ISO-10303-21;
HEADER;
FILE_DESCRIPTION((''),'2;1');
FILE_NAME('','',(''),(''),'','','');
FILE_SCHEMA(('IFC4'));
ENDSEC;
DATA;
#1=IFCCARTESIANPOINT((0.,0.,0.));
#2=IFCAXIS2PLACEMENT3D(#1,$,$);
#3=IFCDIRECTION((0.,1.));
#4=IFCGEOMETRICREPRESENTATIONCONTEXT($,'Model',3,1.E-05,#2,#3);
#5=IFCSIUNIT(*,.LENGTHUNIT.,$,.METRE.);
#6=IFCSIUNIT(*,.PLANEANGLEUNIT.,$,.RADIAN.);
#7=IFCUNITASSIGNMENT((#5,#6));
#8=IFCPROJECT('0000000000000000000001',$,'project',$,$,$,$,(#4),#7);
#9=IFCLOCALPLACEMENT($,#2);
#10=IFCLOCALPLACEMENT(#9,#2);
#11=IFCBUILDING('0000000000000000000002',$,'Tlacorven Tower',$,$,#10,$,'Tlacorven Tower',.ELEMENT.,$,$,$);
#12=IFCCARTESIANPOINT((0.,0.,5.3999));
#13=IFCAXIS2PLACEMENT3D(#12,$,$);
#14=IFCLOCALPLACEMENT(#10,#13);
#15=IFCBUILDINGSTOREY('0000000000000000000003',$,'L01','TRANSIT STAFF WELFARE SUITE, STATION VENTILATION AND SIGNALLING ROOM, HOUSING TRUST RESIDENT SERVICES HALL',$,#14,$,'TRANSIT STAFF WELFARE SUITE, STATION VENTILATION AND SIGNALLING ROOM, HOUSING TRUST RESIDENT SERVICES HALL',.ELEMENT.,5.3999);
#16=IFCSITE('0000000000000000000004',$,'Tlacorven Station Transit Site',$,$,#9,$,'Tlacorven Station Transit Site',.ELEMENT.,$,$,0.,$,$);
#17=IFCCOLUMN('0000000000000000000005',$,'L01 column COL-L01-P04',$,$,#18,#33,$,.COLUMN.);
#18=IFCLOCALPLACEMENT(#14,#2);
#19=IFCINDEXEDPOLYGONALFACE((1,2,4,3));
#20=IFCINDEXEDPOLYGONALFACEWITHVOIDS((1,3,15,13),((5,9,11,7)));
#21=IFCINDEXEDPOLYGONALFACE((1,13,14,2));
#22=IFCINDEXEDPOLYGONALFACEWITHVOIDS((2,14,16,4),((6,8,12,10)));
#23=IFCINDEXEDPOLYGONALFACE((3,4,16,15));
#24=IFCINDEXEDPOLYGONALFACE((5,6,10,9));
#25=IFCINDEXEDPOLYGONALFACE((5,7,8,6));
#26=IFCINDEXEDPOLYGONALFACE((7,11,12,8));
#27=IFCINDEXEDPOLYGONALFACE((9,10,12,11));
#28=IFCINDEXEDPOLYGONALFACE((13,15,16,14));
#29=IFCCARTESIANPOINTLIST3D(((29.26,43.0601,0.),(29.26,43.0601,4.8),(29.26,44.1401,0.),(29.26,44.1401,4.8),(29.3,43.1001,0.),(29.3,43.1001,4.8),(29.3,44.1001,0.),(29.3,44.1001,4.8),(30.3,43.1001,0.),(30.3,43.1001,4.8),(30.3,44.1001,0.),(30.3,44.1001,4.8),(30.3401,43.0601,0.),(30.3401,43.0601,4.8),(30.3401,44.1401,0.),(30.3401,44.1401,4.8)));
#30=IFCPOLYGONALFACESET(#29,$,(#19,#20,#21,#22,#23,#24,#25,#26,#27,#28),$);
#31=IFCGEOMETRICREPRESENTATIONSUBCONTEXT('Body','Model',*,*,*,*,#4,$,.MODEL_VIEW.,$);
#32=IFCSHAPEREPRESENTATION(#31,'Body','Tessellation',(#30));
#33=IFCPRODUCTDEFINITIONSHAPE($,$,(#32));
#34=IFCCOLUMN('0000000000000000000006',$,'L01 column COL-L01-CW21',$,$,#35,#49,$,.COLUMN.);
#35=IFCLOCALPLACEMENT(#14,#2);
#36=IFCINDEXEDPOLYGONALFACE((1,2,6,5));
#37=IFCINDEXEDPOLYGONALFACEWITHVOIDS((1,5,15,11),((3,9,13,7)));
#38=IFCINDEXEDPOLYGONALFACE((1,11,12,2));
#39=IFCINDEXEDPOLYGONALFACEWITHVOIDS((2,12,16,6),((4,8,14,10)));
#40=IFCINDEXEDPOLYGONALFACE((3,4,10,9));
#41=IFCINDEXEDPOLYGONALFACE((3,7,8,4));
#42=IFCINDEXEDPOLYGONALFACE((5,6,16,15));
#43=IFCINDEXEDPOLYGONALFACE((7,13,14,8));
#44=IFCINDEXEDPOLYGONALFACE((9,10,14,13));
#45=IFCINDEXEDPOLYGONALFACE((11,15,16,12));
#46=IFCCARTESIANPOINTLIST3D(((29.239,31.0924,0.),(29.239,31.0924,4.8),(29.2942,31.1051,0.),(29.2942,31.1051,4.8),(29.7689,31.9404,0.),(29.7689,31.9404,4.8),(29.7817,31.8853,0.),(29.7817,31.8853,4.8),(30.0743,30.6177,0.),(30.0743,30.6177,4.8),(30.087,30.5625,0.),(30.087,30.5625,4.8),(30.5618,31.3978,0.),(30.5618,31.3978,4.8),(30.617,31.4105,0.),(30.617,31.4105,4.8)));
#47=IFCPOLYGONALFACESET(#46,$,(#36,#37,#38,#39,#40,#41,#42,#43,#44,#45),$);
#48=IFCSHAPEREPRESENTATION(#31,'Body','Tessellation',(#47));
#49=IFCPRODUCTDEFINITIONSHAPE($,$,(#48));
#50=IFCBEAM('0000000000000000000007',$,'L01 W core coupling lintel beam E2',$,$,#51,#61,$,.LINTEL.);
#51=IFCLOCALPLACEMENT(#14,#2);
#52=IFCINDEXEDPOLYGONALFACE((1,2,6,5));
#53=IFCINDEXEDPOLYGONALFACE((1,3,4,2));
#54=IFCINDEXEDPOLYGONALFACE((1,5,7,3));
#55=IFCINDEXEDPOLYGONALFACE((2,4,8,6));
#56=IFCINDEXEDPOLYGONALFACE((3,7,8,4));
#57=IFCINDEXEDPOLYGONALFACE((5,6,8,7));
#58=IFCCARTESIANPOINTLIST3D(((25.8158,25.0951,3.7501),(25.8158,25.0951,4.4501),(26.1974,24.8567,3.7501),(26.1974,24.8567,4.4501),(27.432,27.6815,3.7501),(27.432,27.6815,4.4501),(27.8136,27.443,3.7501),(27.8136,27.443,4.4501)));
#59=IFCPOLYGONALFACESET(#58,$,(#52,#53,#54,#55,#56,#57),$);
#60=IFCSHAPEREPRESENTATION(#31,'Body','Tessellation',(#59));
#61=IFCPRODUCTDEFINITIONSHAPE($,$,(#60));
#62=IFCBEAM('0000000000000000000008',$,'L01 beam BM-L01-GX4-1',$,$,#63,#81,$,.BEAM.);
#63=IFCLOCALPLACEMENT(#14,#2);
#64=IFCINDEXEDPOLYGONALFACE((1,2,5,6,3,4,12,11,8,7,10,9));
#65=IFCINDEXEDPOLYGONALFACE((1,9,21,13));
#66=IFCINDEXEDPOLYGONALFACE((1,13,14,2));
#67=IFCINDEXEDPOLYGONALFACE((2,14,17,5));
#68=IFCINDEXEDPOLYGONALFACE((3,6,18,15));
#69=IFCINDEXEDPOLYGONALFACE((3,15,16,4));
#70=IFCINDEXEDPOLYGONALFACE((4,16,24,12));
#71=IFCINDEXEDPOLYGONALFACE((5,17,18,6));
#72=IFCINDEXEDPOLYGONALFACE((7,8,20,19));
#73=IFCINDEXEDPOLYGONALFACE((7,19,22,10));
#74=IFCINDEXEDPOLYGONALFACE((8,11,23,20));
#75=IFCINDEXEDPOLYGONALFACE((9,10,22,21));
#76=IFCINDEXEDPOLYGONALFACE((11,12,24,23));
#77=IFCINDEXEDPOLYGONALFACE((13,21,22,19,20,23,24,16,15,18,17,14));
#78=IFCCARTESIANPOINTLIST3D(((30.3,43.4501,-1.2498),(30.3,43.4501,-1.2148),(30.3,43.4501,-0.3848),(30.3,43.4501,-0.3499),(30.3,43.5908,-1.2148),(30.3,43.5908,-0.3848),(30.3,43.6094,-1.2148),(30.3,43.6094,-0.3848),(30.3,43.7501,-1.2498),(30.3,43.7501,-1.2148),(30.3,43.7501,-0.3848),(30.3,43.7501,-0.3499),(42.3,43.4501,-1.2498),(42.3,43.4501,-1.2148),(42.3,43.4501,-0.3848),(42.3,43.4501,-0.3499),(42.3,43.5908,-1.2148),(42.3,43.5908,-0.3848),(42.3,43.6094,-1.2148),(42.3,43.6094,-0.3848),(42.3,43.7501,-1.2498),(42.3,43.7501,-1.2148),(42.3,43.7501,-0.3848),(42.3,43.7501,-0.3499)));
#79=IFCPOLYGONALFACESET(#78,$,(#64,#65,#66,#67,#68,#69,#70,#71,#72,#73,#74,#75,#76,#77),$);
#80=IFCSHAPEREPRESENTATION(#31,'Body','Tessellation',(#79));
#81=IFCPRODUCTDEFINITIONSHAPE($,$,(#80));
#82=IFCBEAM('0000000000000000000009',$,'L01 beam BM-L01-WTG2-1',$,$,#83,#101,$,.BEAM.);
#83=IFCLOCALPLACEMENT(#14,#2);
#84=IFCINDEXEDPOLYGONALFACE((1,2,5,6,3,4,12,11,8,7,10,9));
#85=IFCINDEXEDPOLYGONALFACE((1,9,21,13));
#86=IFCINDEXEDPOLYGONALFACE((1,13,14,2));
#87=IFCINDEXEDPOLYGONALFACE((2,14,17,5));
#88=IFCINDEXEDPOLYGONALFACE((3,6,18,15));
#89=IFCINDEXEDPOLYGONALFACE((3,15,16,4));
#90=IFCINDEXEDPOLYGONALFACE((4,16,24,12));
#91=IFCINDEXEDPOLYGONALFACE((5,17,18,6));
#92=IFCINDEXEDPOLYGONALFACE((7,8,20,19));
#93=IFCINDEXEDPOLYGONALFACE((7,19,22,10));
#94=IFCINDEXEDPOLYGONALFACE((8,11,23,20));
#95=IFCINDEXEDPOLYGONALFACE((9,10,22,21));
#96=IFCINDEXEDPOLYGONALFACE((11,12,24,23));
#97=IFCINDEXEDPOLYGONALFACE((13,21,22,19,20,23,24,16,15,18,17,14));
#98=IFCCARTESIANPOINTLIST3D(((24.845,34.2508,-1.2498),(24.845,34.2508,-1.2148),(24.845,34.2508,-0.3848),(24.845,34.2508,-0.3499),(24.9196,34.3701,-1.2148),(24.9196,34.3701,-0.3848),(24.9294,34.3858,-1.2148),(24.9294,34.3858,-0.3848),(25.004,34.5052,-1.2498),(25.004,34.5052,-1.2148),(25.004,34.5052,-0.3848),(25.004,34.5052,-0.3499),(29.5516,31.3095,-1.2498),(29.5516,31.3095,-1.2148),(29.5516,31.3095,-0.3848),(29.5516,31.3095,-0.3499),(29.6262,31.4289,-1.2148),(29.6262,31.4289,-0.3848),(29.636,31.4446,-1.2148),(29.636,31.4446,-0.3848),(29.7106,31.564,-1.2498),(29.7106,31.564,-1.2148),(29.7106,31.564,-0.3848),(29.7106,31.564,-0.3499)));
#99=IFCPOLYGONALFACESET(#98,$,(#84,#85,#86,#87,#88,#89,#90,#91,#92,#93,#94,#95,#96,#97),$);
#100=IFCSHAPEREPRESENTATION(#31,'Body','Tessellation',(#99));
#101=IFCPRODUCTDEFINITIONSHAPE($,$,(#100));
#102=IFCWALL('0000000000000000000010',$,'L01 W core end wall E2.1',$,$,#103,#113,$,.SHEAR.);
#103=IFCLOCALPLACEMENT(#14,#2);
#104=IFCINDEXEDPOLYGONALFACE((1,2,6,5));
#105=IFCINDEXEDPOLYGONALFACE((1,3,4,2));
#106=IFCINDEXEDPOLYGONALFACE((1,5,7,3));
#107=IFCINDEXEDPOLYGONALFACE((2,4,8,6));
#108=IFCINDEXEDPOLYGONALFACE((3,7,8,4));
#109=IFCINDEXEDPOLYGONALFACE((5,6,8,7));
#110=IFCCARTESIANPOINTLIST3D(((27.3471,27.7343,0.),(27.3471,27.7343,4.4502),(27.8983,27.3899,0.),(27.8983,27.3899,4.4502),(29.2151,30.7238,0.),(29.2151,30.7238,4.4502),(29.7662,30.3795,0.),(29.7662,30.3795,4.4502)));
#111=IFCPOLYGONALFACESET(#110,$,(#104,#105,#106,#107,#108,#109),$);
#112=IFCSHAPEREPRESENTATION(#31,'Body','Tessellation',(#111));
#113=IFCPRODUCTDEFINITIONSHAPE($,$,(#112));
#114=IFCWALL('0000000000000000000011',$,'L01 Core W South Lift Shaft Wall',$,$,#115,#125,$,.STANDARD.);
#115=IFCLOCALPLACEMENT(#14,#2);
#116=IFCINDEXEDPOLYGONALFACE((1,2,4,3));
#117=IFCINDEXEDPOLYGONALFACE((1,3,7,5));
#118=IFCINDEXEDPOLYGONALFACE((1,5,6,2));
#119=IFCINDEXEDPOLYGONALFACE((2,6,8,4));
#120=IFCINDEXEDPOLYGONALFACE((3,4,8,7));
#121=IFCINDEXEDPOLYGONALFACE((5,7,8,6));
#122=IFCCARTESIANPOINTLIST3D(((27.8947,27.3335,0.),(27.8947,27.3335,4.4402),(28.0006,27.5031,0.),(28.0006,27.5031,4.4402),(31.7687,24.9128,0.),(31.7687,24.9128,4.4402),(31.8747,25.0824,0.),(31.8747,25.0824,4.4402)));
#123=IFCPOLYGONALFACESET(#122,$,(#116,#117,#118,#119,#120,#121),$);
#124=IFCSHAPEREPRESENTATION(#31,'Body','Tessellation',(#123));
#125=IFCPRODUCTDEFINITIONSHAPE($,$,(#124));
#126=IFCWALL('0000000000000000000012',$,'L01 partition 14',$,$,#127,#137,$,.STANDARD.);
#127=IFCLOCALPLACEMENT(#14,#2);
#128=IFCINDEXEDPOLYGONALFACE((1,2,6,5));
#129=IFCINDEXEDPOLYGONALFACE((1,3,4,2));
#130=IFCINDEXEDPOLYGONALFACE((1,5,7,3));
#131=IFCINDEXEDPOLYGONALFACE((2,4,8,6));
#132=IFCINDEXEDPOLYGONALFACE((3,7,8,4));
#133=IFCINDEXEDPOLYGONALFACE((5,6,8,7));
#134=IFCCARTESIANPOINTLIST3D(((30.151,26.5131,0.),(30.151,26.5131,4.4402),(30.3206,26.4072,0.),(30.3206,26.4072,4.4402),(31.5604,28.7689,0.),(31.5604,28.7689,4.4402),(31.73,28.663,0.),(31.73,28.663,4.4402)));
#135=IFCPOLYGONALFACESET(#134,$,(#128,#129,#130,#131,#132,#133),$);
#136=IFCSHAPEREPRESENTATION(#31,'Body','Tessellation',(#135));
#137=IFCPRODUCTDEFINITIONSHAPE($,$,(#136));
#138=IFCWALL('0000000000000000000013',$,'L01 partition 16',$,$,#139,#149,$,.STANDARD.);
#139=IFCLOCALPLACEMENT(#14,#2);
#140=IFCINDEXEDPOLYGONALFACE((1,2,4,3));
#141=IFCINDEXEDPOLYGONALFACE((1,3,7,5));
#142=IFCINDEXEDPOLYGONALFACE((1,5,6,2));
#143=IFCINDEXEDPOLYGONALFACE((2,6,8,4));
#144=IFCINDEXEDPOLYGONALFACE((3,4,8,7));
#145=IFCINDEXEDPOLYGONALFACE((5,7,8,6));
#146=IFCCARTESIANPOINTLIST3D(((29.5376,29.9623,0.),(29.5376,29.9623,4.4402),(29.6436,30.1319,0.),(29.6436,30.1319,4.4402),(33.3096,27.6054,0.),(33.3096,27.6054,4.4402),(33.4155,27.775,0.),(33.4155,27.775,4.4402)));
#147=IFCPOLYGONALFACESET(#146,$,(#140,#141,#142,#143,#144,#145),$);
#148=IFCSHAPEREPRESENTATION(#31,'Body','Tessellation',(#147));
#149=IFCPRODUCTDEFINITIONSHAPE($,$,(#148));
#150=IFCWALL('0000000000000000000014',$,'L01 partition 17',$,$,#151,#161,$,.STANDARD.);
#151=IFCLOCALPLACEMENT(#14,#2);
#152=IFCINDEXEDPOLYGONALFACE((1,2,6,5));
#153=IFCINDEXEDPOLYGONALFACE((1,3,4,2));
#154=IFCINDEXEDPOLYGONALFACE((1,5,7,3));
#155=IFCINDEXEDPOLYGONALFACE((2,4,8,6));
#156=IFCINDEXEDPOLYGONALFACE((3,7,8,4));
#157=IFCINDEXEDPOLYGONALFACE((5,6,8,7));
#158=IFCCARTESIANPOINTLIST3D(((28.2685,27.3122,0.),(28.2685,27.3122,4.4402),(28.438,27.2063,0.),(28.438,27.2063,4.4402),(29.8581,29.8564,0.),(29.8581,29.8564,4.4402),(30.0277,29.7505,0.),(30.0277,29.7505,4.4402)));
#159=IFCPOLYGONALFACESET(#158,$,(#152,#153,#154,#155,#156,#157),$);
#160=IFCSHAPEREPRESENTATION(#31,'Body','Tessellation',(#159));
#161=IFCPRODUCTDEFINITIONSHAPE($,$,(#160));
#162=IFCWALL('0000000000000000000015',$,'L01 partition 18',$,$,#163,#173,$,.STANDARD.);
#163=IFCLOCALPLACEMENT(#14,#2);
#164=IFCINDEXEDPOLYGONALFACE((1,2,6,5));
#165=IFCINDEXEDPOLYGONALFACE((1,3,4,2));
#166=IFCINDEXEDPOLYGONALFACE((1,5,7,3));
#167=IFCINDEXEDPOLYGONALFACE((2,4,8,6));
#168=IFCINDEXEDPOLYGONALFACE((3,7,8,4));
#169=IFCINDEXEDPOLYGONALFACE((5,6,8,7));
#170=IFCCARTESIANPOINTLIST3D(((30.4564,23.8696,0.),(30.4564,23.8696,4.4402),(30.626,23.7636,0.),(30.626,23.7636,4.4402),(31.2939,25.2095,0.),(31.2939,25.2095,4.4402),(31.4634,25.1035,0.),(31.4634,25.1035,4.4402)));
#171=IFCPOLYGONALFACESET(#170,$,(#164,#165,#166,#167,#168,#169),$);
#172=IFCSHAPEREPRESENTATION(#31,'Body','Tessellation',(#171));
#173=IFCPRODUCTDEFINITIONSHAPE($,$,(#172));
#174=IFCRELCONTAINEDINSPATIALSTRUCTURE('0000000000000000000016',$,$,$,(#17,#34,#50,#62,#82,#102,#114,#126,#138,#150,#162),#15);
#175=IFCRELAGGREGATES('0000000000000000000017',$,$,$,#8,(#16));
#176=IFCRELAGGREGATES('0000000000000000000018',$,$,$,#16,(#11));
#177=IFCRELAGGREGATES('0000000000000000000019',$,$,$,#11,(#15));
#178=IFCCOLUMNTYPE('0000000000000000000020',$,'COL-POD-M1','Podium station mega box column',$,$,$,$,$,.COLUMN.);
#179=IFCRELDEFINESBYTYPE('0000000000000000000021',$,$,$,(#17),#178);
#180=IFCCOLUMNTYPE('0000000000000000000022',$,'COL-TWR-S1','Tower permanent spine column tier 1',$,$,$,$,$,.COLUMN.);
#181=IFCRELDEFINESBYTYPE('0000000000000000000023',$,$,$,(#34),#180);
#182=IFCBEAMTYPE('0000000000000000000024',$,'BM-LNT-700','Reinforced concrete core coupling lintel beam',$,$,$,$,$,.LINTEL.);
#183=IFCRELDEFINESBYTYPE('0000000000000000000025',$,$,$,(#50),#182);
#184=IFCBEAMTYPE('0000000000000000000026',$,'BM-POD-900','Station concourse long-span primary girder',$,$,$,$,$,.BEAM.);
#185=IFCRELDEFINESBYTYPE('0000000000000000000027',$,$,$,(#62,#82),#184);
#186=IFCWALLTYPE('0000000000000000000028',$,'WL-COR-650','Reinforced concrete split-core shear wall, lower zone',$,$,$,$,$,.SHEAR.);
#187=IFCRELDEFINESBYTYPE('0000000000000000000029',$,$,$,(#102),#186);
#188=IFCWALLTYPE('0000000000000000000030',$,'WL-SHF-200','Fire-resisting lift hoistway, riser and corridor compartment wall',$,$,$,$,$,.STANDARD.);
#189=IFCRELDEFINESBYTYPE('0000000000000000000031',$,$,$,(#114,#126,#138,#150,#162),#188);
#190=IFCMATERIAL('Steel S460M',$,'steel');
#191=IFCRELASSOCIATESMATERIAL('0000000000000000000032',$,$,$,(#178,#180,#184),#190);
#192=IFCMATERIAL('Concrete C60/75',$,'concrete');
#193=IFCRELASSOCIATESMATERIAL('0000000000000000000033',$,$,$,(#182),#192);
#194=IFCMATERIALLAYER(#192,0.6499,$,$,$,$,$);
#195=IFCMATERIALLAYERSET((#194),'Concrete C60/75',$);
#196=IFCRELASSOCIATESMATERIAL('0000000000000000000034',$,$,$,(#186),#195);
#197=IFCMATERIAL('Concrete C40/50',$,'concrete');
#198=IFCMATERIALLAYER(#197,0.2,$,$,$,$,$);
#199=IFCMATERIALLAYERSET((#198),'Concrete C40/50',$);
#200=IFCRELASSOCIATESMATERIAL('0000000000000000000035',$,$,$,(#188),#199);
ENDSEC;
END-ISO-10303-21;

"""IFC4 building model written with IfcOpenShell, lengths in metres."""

from ifc_helpers import new_model, si_unit, direction, frame, frame_2d, origin, origin_2d, place, context, subcontext, project, spatial, rectangle, hollow_rectangle, i_section, extrude, source, transform, mapped, material, layer, layer_set, material_profile, profile_set, type_object, element, save


model = new_model("IFC4")

# Units and contexts
model_context = context("Model", 3, precision=1e-05, world=origin(), true_north=direction((0.0, 1.0)))
body_context = subcontext(model_context, "Body", "Model", "MODEL_VIEW")
ifc_project = project(units=[si_unit("LENGTHUNIT", "METRE"), si_unit("PLANEANGLEUNIT", "RADIAN")], contexts=[model_context])

# Site, building, storey
site_placement = place(None, origin())
site = spatial("IfcSite", under=ifc_project, at=site_placement, Name="Tlacorven Station Transit Site", LongName="Tlacorven Station Transit Site", CompositionType="ELEMENT", RefElevation=0.0)
building_placement = place(site_placement, origin())
building = spatial("IfcBuilding", under=site, at=building_placement, Name="Tlacorven Tower", LongName="Tlacorven Tower", CompositionType="ELEMENT")
storey_placement = place(building_placement, frame((0.0, 0.0, 5.3999)))
storey = spatial("IfcBuildingStorey", under=building, at=storey_placement, Name="L01", Description="TRANSIT STAFF WELFARE SUITE, STATION VENTILATION AND SIGNALLING ROOM, HOUSING TRUST RESIDENT SERVICES HALL", LongName="TRANSIT STAFF WELFARE SUITE, STATION VENTILATION AND SIGNALLING ROOM, HOUSING TRUST RESIDENT SERVICES HALL", CompositionType="ELEMENT", Elevation=5.3999)

# Columns
ifc_material_1 = material(Name="Steel S460M", Category="steel")
ifc_material_profile_1 = material_profile(ifc_material_1, hollow_rectangle(XDim=1.0801, YDim=1.0801, WallThickness=0.04, at=origin_2d()), Name="BOX 1080X1080X40")
ifc_profile_set_1 = profile_set([ifc_material_profile_1], Name="Steel S460M")
column_type_1 = type_object("IfcColumnType", Name="COL-POD-M1", Description="Podium station mega box column", PredefinedType="COLUMN", material=ifc_profile_set_1)
shared_shape_1 = source(origin(), body_context, "Body", "SweptSolid", [
    extrude(hollow_rectangle(XDim=1.0801, YDim=1.0801, WallThickness=0.04, at=origin_2d()), origin(), (0.0, 0.0, 1.0), 4.8),
])
column_1_placement = place(storey_placement, frame((29.8, 43.6001, 0.0), z_axis=(0.0, 0.0, 1.0), x_axis=(1.0, 0.0, 0.0)))
element("IfcColumn", 1, at=column_1_placement, inside=storey, type_object=column_type_1, Name="L01 column COL-L01-P04", PredefinedType="COLUMN", context=body_context, shape_type="MappedRepresentation", body=[
    mapped(shared_shape_1, transform((0.0, 0.0, 0.0), scale=1.0)),
])
ifc_material_profile_2 = material_profile(ifc_material_1, hollow_rectangle(XDim=1.0, YDim=1.0, WallThickness=0.04, at=origin_2d()), Name="BOX 1000X1000X40")
ifc_profile_set_2 = profile_set([ifc_material_profile_2], Name="Steel S460M")
column_type_2 = type_object("IfcColumnType", Name="COL-TWR-S1", Description="Tower permanent spine column tier 1", PredefinedType="COLUMN", material=ifc_profile_set_2)
shared_shape_2 = source(origin(), body_context, "Body", "SweptSolid", [
    extrude(hollow_rectangle(XDim=1.0, YDim=1.0, WallThickness=0.04, at=origin_2d()), origin(), (0.0, 0.0, 1.0), 4.8),
])
column_2_placement = place(storey_placement, frame((29.928, 31.2515, 0.0), z_axis=(0.0, 0.0, 1.0), x_axis=(-0.848048, 0.529919, 0.0)))
element("IfcColumn", 2, at=column_2_placement, inside=storey, type_object=column_type_2, Name="L01 column COL-L01-CW21", PredefinedType="COLUMN", context=body_context, shape_type="MappedRepresentation", body=[
    mapped(shared_shape_2, transform((0.0, 0.0, 0.0), scale=1.0)),
])

# Beams
ifc_material_2 = material(Name="Concrete C60/75", Category="concrete")
ifc_material_profile_3 = material_profile(ifc_material_2, rectangle(XDim=0.45, YDim=0.7, at=origin_2d()), Name="RC 450X700")
ifc_profile_set_3 = profile_set([ifc_material_profile_3], Name="Concrete C60/75")
beam_type_1 = type_object("IfcBeamType", Name="BM-LNT-700", Description="Reinforced concrete core coupling lintel beam", PredefinedType="LINTEL", material=ifc_profile_set_3)
shared_shape_3 = source(origin(), body_context, "Body", "SweptSolid", [
    extrude(rectangle(XDim=0.45, YDim=0.7, at=origin_2d()), origin(), (0.0, 0.0, 1.0), 3.0498),
])
beam_1_placement = place(storey_placement, frame((27.6228, 27.5623, 4.1001), z_axis=(-0.529927, -0.848043, 0.0), x_axis=(0.848043, -0.529927, 0.0)))
element("IfcBeam", 3, at=beam_1_placement, inside=storey, type_object=beam_type_1, Name="L01 W core coupling lintel beam E2", PredefinedType="LINTEL", context=body_context, shape_type="MappedRepresentation", body=[
    mapped(shared_shape_3, transform((0.0, 0.0, 0.0), scale=1.0)),
])
ifc_material_profile_4 = material_profile(ifc_material_1, i_section(OverallWidth=0.3, OverallDepth=0.8999, WebThickness=0.0186, FlangeThickness=0.0349, at=origin_2d()), Name="HEB 900")
ifc_profile_set_4 = profile_set([ifc_material_profile_4], Name="Steel S460M")
beam_type_2 = type_object("IfcBeamType", Name="BM-POD-900", Description="Station concourse long-span primary girder", PredefinedType="BEAM", material=ifc_profile_set_4)
shared_shape_4 = source(origin(), body_context, "Body", "SweptSolid", [
    extrude(i_section(OverallWidth=0.3, OverallDepth=0.8999, WebThickness=0.0186, FlangeThickness=0.0349, at=origin_2d()), origin(), (0.0, 0.0, 1.0), 12.0),
])
beam_2_placement = place(storey_placement, frame((30.3, 43.6001, -0.7998), z_axis=(1.0, 0.0, 0.0), x_axis=(0.0, 1.0, 0.0)))
element("IfcBeam", 4, at=beam_2_placement, inside=storey, type_object=beam_type_2, Name="L01 beam BM-L01-GX4-1", PredefinedType="BEAM", context=body_context, shape_type="MappedRepresentation", body=[
    mapped(shared_shape_4, transform((0.0, 0.0, 0.0), scale=1.0)),
])
shared_shape_5 = source(origin(), body_context, "Body", "SweptSolid", [
    extrude(i_section(OverallWidth=0.3, OverallDepth=0.8999, WebThickness=0.0186, FlangeThickness=0.0349, at=origin_2d()), origin(), (0.0, 0.0, 1.0), 5.55),
])
beam_3_placement = place(storey_placement, frame((29.6311, 31.4368, -0.7998), z_axis=(-0.848033, 0.529944, 0.0), x_axis=(-0.529944, -0.848033, 0.0)))
element("IfcBeam", 5, at=beam_3_placement, inside=storey, type_object=beam_type_2, Name="L01 beam BM-L01-WTG2-1", PredefinedType="BEAM", context=body_context, shape_type="MappedRepresentation", body=[
    mapped(shared_shape_5, transform((0.0, 0.0, 0.0), scale=1.0)),
])

# Walls
ifc_layer_1 = layer(ifc_material_2, 0.6499)
ifc_layer_set_1 = layer_set([ifc_layer_1], Name="Concrete C60/75")
wall_type_1 = type_object("IfcWallType", Name="WL-COR-650", Description="Reinforced concrete split-core shear wall, lower zone", PredefinedType="SHEAR", material=ifc_layer_set_1)
wall_1_placement = place(storey_placement, frame((29.4907, 30.5518, 0.0), z_axis=(0.0, 0.0, 1.0), x_axis=(-0.529893, -0.848064, 0.0)))
element("IfcWall", 6, at=wall_1_placement, inside=storey, type_object=wall_type_1, Name="L01 W core end wall E2.1", PredefinedType="SHEAR", context=body_context, shape_type="SweptSolid", body=[
    extrude(rectangle(XDim=3.5251, YDim=0.6499, at=frame_2d((1.7627, 0.0))), origin(), (0.0, 0.0, 1.0), 4.4502),
])
ifc_material_3 = material(Name="Concrete C40/50", Category="concrete")
ifc_layer_2 = layer(ifc_material_3, 0.2)
ifc_layer_set_2 = layer_set([ifc_layer_2], Name="Concrete C40/50")
wall_type_2 = type_object("IfcWallType", Name="WL-SHF-200", Description="Fire-resisting lift hoistway, riser and corridor compartment wall", PredefinedType="STANDARD", material=ifc_layer_set_2)
wall_2_placement = place(storey_placement, frame((31.8218, 24.9976, 0.0), z_axis=(0.0, 0.0, 1.0), x_axis=(-0.848058, 0.529903, 0.0)))
element("IfcWall", 7, at=wall_2_placement, inside=storey, type_object=wall_type_2, Name="L01 Core W South Lift Shaft Wall", PredefinedType="STANDARD", context=body_context, shape_type="SweptSolid", body=[
    extrude(rectangle(XDim=4.5681, YDim=0.2, at=frame_2d((2.2842, 0.0))), origin(), (0.0, 0.0, 1.0), 4.4402),
])
wall_3_placement = place(storey_placement, frame((31.6453, 28.7161, 0.0), z_axis=(0.0, 0.0, 1.0), x_axis=(-0.529867, -0.848081, 0.0)))
element("IfcWall", 8, at=wall_3_placement, inside=storey, type_object=wall_type_2, Name="L01 partition 14", PredefinedType="STANDARD", context=body_context, shape_type="SweptSolid", body=[
    extrude(rectangle(XDim=2.6599, YDim=0.2, at=frame_2d((1.3301, 0.0))), origin(), (0.0, 0.0, 1.0), 4.4402),
])
wall_4_placement = place(storey_placement, frame((33.3625, 27.6902, 0.0), z_axis=(0.0, 0.0, 1.0), x_axis=(-0.848054, 0.52991, 0.0)))
element("IfcWall", 9, at=wall_4_placement, inside=storey, type_object=wall_type_2, Name="L01 partition 16", PredefinedType="STANDARD", context=body_context, shape_type="SweptSolid", body=[
    extrude(rectangle(XDim=4.4478, YDim=0.2, at=frame_2d((2.2239, 0.0))), origin(), (0.0, 0.0, 1.0), 4.4402),
])
wall_5_placement = place(storey_placement, frame((29.9429, 29.8035, 0.0), z_axis=(0.0, 0.0, 1.0), x_axis=(-0.529875, -0.848076, 0.0)))
element("IfcWall", 10, at=wall_5_placement, inside=storey, type_object=wall_type_2, Name="L01 partition 17", PredefinedType="STANDARD", context=body_context, shape_type="SweptSolid", body=[
    extrude(rectangle(XDim=3.0, YDim=0.2, at=frame_2d((1.5, 0.0))), origin(), (0.0, 0.0, 1.0), 4.4402),
])
for number, where, z_axis, x_axis, name in (
    (11, (31.3787, 25.1565, 0.0), (0.0, 0.0, 1.0), (-0.529999, -0.847998, 0.0), "L01 partition 18"),
):
    element("IfcWall", number, at=place(storey_placement, frame(where, z_axis=z_axis, x_axis=x_axis)), inside=storey, type_object=wall_type_2, Name=name, PredefinedType="STANDARD", context=body_context, shape_type="SweptSolid", body=[
        extrude(rectangle(XDim=1.5801, YDim=0.2, at=frame_2d((0.79, 0.0))), origin(), (0.0, 0.0, 1.0), 4.4402),
    ])

save(model, "model.ifc")
